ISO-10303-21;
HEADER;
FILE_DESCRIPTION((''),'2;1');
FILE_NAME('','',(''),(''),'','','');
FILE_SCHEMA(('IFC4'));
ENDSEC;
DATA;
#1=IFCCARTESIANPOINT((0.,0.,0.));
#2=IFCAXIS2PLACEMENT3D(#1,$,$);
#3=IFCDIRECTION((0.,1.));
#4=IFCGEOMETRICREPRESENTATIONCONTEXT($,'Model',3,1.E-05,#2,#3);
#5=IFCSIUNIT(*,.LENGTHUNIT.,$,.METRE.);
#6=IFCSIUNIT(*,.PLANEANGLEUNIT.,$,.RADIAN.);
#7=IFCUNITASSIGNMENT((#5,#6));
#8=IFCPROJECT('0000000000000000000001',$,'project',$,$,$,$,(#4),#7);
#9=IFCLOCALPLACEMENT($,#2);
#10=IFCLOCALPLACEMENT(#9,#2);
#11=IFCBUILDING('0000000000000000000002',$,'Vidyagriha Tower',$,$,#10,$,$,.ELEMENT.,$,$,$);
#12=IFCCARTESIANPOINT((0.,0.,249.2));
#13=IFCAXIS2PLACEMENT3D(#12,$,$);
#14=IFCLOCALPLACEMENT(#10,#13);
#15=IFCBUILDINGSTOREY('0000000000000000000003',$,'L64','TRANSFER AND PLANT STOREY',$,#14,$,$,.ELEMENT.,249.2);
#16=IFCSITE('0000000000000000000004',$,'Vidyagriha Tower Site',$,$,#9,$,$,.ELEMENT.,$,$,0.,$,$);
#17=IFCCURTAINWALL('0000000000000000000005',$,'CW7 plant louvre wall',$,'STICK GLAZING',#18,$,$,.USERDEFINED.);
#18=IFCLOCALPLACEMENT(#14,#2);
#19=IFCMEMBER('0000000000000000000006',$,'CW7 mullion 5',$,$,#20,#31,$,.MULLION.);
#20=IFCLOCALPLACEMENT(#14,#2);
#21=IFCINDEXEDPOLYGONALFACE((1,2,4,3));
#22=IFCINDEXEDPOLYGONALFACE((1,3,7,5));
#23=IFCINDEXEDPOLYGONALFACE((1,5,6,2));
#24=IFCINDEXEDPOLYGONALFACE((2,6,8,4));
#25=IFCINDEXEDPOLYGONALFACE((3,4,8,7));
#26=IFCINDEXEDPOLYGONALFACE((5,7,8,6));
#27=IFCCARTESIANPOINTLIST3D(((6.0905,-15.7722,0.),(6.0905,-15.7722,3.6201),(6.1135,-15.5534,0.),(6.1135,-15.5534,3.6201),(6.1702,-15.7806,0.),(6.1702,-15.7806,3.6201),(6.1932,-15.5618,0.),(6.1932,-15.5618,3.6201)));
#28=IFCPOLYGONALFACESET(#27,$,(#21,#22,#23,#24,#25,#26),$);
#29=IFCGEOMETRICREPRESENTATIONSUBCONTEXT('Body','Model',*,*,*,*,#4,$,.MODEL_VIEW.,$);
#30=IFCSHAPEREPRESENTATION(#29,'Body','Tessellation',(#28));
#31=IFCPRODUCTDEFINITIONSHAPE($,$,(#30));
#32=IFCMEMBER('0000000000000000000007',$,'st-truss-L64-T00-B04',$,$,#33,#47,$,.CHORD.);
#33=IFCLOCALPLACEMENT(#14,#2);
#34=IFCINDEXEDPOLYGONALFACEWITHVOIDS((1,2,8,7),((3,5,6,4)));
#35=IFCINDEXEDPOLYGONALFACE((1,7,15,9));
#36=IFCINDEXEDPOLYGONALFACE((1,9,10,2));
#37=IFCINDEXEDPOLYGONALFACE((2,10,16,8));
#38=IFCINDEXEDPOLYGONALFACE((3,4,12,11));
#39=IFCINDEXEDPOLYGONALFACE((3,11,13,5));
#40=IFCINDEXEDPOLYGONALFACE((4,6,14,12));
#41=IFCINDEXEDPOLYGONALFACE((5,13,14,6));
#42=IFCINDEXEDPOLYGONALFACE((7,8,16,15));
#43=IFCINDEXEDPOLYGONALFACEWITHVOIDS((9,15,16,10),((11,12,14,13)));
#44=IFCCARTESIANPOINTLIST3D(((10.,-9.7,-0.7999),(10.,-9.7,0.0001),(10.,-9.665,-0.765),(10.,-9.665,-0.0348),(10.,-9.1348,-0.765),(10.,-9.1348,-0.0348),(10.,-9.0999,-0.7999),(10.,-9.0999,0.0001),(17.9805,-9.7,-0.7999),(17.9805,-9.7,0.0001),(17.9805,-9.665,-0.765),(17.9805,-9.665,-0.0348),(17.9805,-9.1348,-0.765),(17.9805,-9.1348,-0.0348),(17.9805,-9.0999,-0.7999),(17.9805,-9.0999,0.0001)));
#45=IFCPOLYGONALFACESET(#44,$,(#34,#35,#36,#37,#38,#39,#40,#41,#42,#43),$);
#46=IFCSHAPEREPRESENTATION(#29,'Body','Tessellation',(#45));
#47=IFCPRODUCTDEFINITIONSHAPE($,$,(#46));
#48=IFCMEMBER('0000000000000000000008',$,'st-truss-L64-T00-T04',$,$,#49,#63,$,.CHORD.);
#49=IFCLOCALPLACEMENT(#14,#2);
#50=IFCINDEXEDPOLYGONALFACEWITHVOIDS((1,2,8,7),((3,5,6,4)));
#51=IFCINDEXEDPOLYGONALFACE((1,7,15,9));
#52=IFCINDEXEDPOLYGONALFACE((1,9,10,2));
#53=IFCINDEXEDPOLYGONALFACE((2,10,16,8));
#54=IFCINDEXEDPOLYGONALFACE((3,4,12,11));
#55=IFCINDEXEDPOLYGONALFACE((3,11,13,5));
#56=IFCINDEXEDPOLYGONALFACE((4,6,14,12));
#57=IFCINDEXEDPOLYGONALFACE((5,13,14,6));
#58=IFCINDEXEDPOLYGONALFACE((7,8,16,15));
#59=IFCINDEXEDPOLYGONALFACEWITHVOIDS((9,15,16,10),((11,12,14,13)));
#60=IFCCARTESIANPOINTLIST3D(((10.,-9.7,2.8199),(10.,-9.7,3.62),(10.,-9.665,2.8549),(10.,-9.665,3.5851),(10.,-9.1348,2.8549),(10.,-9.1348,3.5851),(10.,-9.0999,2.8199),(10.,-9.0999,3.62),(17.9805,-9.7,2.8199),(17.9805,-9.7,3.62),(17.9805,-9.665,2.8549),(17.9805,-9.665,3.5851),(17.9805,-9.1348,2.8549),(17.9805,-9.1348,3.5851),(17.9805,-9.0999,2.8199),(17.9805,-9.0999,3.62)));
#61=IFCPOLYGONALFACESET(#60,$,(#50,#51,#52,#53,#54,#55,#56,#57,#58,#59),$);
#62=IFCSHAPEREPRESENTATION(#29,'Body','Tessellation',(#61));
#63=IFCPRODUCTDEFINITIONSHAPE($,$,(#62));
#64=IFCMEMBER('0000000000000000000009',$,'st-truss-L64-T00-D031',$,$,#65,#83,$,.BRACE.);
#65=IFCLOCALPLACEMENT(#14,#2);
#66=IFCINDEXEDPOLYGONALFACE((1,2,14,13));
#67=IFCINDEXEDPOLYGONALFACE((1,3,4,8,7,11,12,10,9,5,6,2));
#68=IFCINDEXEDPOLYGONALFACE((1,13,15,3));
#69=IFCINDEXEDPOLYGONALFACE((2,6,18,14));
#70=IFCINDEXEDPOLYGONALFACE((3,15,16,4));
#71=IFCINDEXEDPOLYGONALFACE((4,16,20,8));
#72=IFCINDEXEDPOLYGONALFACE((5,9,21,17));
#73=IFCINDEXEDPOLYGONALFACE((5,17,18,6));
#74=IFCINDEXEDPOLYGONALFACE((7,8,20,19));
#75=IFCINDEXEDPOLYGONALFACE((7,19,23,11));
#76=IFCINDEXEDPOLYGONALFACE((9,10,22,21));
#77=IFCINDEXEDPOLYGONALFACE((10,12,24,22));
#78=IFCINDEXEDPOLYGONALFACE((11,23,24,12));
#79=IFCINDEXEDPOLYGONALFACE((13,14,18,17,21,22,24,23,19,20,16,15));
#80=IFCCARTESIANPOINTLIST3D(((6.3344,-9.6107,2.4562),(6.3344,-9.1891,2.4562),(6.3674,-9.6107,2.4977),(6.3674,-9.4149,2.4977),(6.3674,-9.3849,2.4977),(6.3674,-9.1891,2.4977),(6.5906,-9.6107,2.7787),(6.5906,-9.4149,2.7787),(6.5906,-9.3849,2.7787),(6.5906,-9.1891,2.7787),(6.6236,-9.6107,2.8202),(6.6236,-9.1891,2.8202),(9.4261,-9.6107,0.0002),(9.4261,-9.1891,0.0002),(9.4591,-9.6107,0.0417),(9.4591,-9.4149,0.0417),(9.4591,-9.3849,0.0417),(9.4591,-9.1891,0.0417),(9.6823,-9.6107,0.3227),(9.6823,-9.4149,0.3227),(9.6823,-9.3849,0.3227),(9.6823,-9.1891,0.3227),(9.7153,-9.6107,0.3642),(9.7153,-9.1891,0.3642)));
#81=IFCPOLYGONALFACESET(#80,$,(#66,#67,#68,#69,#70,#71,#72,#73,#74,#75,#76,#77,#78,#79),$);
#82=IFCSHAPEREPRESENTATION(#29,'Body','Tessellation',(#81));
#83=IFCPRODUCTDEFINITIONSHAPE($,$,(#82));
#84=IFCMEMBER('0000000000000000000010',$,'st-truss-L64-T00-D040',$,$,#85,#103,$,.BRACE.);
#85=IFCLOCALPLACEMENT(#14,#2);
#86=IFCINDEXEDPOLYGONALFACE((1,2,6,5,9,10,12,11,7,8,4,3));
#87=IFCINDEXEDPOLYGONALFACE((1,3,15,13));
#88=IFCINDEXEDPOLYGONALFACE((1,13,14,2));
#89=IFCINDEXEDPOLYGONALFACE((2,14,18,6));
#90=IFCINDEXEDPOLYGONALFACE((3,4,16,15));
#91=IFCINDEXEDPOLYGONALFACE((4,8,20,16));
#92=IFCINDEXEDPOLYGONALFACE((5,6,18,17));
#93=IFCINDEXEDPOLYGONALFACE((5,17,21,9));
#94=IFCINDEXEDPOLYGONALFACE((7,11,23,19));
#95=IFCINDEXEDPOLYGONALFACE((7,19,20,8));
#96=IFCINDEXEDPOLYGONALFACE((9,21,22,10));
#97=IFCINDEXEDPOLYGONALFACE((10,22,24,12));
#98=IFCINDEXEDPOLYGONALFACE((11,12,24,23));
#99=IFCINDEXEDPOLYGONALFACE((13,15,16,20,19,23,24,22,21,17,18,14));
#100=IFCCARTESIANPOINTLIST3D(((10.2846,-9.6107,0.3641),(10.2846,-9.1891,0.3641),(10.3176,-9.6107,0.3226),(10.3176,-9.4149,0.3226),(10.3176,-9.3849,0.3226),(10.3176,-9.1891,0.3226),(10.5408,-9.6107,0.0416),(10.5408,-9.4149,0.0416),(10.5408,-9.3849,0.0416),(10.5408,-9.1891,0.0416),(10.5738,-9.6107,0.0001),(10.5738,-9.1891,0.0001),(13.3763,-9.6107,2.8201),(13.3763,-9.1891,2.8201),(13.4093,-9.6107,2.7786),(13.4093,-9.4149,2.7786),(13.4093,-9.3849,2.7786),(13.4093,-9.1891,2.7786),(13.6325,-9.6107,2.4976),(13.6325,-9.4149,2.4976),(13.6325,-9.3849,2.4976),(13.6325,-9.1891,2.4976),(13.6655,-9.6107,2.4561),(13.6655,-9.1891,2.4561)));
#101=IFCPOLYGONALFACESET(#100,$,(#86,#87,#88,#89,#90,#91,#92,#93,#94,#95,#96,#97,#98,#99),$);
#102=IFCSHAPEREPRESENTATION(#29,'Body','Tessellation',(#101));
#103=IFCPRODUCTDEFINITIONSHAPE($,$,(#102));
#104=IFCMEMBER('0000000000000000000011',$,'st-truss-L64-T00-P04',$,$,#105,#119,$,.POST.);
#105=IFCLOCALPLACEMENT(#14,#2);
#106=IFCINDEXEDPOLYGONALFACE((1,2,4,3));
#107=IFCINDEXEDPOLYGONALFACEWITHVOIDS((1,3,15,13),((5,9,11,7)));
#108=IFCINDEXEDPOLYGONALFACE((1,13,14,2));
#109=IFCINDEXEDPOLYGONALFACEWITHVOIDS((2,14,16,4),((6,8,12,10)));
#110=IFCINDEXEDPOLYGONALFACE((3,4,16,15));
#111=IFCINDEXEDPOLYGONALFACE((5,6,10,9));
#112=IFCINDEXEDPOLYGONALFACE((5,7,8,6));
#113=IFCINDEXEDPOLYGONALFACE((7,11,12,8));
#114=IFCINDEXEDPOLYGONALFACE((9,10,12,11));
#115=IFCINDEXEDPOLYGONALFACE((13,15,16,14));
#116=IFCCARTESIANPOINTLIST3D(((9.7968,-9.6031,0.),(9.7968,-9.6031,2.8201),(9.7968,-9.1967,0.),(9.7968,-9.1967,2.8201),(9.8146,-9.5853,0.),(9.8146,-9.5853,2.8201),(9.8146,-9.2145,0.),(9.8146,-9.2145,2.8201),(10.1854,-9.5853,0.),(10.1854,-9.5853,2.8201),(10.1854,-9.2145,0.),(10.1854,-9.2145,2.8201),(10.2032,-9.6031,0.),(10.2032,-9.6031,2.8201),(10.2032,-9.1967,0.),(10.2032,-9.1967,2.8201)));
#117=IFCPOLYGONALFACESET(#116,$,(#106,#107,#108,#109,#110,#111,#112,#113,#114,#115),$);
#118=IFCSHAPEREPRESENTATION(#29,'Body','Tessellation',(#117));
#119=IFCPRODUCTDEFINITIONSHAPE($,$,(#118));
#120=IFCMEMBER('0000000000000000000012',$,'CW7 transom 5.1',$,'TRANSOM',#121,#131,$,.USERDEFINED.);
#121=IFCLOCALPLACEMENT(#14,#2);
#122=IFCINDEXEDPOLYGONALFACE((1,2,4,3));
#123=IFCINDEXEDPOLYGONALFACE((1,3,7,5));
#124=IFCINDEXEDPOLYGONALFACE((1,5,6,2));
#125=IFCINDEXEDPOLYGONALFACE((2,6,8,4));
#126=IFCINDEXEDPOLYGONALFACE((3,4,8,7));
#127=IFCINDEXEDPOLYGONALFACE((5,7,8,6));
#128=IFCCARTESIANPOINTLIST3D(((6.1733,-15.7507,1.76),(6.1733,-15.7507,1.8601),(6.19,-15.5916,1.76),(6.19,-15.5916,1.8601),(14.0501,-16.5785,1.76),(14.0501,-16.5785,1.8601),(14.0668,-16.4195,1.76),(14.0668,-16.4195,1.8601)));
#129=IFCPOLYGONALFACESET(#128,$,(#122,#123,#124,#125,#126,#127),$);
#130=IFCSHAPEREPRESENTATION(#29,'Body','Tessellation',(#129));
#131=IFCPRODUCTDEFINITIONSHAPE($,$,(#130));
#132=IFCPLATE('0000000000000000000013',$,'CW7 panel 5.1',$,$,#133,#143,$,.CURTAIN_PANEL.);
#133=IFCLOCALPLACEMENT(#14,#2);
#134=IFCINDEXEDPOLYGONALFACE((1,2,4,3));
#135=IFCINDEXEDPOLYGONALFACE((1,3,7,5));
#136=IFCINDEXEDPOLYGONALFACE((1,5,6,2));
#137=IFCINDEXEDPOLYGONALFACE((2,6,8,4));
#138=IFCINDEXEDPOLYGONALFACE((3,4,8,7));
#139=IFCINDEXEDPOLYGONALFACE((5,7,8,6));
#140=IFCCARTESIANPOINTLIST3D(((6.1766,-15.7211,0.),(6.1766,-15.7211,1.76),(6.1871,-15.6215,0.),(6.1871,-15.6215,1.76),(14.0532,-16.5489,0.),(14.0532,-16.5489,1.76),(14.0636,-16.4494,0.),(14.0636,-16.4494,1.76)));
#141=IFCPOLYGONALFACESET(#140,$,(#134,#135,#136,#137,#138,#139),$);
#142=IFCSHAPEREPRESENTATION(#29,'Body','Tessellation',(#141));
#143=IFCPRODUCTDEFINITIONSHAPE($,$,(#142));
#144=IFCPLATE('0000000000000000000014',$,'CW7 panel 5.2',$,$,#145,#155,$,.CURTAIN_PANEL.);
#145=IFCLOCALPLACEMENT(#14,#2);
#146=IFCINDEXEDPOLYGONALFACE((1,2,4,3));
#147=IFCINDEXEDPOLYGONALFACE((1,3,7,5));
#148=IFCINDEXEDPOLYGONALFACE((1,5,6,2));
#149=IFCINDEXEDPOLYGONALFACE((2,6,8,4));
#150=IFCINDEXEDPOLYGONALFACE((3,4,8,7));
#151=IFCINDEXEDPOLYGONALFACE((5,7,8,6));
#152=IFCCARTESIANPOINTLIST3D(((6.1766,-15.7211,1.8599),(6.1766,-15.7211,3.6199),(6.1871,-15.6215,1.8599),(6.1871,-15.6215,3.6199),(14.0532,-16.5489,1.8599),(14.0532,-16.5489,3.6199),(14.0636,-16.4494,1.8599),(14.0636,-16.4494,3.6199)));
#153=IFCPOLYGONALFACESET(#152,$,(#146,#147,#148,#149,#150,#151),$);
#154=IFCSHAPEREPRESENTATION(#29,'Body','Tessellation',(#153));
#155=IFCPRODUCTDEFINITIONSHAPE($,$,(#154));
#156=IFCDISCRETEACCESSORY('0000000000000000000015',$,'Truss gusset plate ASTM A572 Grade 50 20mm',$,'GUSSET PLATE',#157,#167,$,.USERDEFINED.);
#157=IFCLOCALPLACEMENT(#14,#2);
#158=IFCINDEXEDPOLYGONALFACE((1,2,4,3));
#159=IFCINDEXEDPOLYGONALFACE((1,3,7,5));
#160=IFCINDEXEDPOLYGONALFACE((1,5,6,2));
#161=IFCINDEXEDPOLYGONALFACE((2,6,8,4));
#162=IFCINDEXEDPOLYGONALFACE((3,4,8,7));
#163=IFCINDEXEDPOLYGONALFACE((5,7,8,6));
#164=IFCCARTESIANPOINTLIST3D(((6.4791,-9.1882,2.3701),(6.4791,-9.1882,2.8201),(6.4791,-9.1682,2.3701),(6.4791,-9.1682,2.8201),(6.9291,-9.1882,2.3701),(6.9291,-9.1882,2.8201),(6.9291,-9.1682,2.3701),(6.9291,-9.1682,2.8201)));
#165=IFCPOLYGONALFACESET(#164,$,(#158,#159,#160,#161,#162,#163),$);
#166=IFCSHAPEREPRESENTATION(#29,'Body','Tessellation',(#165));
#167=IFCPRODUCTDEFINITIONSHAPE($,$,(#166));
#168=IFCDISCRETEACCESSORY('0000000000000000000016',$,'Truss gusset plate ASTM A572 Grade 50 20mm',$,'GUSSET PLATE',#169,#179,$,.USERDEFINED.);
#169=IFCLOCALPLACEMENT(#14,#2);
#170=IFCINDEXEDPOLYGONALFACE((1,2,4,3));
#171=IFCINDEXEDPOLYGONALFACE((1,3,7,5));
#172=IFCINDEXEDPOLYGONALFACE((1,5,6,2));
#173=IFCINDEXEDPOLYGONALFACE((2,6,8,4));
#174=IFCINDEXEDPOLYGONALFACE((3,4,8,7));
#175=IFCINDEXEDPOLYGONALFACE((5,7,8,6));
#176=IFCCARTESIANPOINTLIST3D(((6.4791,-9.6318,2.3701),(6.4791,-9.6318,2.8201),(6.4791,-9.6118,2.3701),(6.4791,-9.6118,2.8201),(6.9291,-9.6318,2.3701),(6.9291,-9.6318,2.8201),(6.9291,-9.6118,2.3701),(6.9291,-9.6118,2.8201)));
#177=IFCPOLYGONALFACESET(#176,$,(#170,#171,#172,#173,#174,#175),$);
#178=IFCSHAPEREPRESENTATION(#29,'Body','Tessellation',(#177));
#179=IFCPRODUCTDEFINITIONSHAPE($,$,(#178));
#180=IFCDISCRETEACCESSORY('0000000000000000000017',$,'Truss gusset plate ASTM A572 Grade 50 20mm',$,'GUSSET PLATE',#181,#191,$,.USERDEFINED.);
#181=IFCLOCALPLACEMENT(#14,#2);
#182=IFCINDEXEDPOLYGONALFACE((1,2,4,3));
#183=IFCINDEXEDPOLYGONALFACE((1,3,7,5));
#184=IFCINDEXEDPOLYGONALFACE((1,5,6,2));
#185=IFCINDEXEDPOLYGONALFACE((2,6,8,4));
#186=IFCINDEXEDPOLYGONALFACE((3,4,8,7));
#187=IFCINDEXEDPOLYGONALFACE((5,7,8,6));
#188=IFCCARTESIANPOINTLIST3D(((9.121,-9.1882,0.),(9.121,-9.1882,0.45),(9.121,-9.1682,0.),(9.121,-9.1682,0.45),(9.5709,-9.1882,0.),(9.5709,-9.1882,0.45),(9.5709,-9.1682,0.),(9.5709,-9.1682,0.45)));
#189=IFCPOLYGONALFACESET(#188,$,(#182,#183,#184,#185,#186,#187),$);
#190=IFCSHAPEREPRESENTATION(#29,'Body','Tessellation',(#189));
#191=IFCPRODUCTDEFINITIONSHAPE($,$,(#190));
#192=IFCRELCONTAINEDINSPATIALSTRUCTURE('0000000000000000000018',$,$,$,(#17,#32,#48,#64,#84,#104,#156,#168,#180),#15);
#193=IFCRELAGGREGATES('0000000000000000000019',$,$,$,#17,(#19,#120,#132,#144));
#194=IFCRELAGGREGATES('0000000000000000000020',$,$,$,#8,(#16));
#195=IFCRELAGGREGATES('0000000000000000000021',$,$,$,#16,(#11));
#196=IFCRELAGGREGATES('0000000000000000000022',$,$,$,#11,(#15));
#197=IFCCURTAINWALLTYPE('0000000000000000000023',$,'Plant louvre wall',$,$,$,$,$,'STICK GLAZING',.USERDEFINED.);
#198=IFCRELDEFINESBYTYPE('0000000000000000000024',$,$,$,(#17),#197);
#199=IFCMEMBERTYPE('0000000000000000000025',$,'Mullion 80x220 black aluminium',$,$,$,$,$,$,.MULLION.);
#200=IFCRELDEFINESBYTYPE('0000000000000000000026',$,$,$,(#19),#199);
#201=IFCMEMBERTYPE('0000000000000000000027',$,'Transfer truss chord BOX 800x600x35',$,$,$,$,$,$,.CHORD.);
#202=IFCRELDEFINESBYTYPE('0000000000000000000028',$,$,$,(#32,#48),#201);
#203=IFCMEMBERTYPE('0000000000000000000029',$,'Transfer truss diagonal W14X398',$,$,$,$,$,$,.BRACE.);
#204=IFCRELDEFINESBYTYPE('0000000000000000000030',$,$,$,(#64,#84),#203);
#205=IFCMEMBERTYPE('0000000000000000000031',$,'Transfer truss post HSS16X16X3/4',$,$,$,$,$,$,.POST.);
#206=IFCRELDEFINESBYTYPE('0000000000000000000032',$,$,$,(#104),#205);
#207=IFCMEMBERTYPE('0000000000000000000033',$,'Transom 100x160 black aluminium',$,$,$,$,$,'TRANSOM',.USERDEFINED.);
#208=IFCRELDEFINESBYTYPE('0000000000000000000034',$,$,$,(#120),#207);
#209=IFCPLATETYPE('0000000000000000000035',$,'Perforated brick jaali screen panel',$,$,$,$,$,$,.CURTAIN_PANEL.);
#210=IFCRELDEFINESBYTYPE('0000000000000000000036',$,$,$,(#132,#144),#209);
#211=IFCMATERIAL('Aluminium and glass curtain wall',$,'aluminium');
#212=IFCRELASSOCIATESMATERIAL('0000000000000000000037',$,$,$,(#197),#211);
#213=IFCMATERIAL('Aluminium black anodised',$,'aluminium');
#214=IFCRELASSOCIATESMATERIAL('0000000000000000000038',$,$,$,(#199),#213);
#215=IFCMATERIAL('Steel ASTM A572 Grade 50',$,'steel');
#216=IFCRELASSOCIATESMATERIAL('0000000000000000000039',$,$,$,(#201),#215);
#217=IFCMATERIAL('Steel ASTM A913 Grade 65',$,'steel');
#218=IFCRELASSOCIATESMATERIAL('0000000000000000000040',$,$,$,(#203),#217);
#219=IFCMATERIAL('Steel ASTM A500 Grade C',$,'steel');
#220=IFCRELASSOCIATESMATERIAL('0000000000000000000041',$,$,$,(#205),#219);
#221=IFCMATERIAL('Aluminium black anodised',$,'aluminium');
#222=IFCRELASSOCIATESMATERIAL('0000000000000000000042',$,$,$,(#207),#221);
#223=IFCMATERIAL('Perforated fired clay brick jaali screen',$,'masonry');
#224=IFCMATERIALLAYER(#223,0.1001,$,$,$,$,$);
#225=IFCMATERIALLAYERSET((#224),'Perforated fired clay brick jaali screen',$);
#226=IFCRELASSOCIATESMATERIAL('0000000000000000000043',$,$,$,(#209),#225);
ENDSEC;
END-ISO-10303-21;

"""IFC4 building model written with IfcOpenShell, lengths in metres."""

from ifc_helpers import new_model, si_unit, direction, frame, origin, origin_2d, place, context, subcontext, project, spatial, rectangle, hollow_rectangle, i_section, extrude, material, layer, layer_set, material_profile, profile_set, type_object, element, aggregate, save


model = new_model("IFC4")

# Units and contexts
model_context = context("Model", 3, precision=1e-05, world=origin(), true_north=direction((0.0, 1.0)))
body_context = subcontext(model_context, "Body", "Model", "MODEL_VIEW")
ifc_project = project(units=[si_unit("LENGTHUNIT", "METRE"), si_unit("PLANEANGLEUNIT", "RADIAN")], contexts=[model_context])

# Site, building, storey
site_placement = place(None, origin())
site = spatial("IfcSite", under=ifc_project, at=site_placement, Name="Vidyagriha Tower Site", CompositionType="ELEMENT", RefElevation=0.0)
building_placement = place(site_placement, origin())
building = spatial("IfcBuilding", under=site, at=building_placement, Name="Vidyagriha Tower", CompositionType="ELEMENT")
storey_placement = place(building_placement, frame((0.0, 0.0, 249.2)))
storey = spatial("IfcBuildingStorey", under=building, at=storey_placement, Name="L64", Description="TRANSFER AND PLANT STOREY", CompositionType="ELEMENT", Elevation=249.2)

# Curtain wall, member
ifc_material_1 = material(Name="Aluminium and glass curtain wall", Category="aluminium")
curtain_wall_type = type_object("IfcCurtainWallType", Name="Plant louvre wall", ElementType="STICK GLAZING", PredefinedType="USERDEFINED", material=ifc_material_1)
curtain_wall_placement = place(storey_placement, origin())
curtain_wall = element("IfcCurtainWall", 1, at=curtain_wall_placement, inside=storey, type_object=curtain_wall_type, Name="CW7 plant louvre wall", ObjectType="STICK GLAZING", PredefinedType="USERDEFINED")
ifc_material_2 = material(Name="Aluminium black anodised", Category="aluminium")
ifc_material_profile_1 = material_profile(ifc_material_2, rectangle(XDim=0.22, YDim=0.0801, at=origin_2d()), Name="Mullion 80x220 black aluminium")
ifc_profile_set_1 = profile_set([ifc_material_profile_1], Name="Aluminium black anodised")
member_type_1 = type_object("IfcMemberType", Name="Mullion 80x220 black aluminium", PredefinedType="MULLION", material=ifc_profile_set_1)
member_1_placement = place(storey_placement, frame((6.1418, -15.667, 0.0), z_axis=(0.0, 0.0, 1.0), x_axis=(0.104527, 0.994522, 0.0)))
member_1 = element("IfcMember", 2, at=member_1_placement, type_object=member_type_1, Name="CW7 mullion 5", PredefinedType="MULLION", context=body_context, shape_type="SweptSolid", body=[
    extrude(rectangle(XDim=0.22, YDim=0.0801, at=origin_2d()), origin(), (0.0, 0.0, 1.0), 3.6201),
])

# Members
ifc_material_3 = material(Name="Steel ASTM A572 Grade 50", Category="steel")
ifc_material_profile_2 = material_profile(ifc_material_3, hollow_rectangle(XDim=0.6001, YDim=0.8, WallThickness=0.0349, at=origin_2d()), Name="BOX 800x600x35")
ifc_profile_set_2 = profile_set([ifc_material_profile_2], Name="Steel ASTM A572 Grade 50")
member_type_2 = type_object("IfcMemberType", Name="Transfer truss chord BOX 800x600x35", PredefinedType="CHORD", material=ifc_profile_set_2)
for number, where, z_axis, x_axis, name in (
    (3, (10.0, -9.3999, -0.3999), (1.0, 0.0, 0.0), (0.0, 1.0, 0.0), "st-truss-L64-T00-B04"),
    (4, (10.0, -9.3999, 3.22), (1.0, 0.0, 0.0), (0.0, 1.0, 0.0), "st-truss-L64-T00-T04"),
):
    element("IfcMember", number, at=place(storey_placement, frame(where, z_axis=z_axis, x_axis=x_axis)), inside=storey, type_object=member_type_2, Name=name, PredefinedType="CHORD", context=body_context, shape_type="SweptSolid", body=[
        extrude(hollow_rectangle(XDim=0.6001, YDim=0.8, WallThickness=0.0349, at=origin_2d()), origin(), (0.0, 0.0, 1.0), 7.9805),
    ])
ifc_material_4 = material(Name="Steel ASTM A913 Grade 65", Category="steel")
ifc_material_profile_3 = material_profile(ifc_material_4, i_section(OverallWidth=0.4216, OverallDepth=0.4648, WebThickness=0.03, FlangeThickness=0.053, at=origin_2d()), Name="W14X398")
ifc_profile_set_3 = profile_set([ifc_material_profile_3], Name="Steel ASTM A913 Grade 65")
member_type_3 = type_object("IfcMemberType", Name="Transfer truss diagonal W14X398", PredefinedType="BRACE", material=ifc_profile_set_3)
for number, where, z_axis, x_axis, name in (
    (5, (6.479, -9.3999, 2.6382), (0.783012, 0.0, -0.622007), (0.0, 1.0, 0.0), "st-truss-L64-T00-D031"),
    (6, (10.4292, -9.3999, 0.1821), (0.783012, 0.0, 0.622007), (0.0, 1.0, 0.0), "st-truss-L64-T00-D040"),
):
    element("IfcMember", number, at=place(storey_placement, frame(where, z_axis=z_axis, x_axis=x_axis)), inside=storey, type_object=member_type_3, Name=name, PredefinedType="BRACE", context=body_context, shape_type="SweptSolid", body=[
        extrude(i_section(OverallWidth=0.4216, OverallDepth=0.4648, WebThickness=0.03, FlangeThickness=0.053, at=origin_2d()), origin(), (0.0, 0.0, 1.0), 3.9485),
    ])
ifc_material_5 = material(Name="Steel ASTM A500 Grade C", Category="steel")
ifc_material_profile_4 = material_profile(ifc_material_5, hollow_rectangle(XDim=0.4065, YDim=0.4065, WallThickness=0.0178, at=origin_2d()), Name="HSS16X16X3/4")
ifc_profile_set_4 = profile_set([ifc_material_profile_4], Name="Steel ASTM A500 Grade C")
member_type_4 = type_object("IfcMemberType", Name="Transfer truss post HSS16X16X3/4", PredefinedType="POST", material=ifc_profile_set_4)
member_2_placement = place(storey_placement, frame((10.0, -9.3999, 0.0)))
element("IfcMember", 7, at=member_2_placement, inside=storey, type_object=member_type_4, Name="st-truss-L64-T00-P04", PredefinedType="POST", context=body_context, shape_type="SweptSolid", body=[
    extrude(hollow_rectangle(XDim=0.4065, YDim=0.4065, WallThickness=0.0178, at=origin_2d()), origin(), (0.0, 0.0, 1.0), 2.8201),
])

# Member
ifc_material_6 = material(Name="Aluminium black anodised", Category="aluminium")
ifc_material_profile_5 = material_profile(ifc_material_6, rectangle(XDim=0.1599, YDim=0.1001, at=origin_2d()), Name="Transom 100x160 black aluminium")
ifc_profile_set_5 = profile_set([ifc_material_profile_5], Name="Aluminium black anodised")
member_type_5 = type_object("IfcMemberType", Name="Transom 100x160 black aluminium", ElementType="TRANSOM", PredefinedType="USERDEFINED", material=ifc_profile_set_5)
member_3_placement = place(storey_placement, frame((6.1816, -15.6711, 1.8101), z_axis=(0.994522, -0.104529, 0.0), x_axis=(0.104529, 0.994522, 0.0)))
member_3 = element("IfcMember", 8, at=member_3_placement, type_object=member_type_5, Name="CW7 transom 5.1", ObjectType="TRANSOM", PredefinedType="USERDEFINED", context=body_context, shape_type="SweptSolid", body=[
    extrude(rectangle(XDim=0.1599, YDim=0.1001, at=origin_2d()), origin(), (0.0, 0.0, 1.0), 7.9202),
])

# Plates
ifc_material_7 = material(Name="Perforated fired clay brick jaali screen", Category="masonry")
ifc_layer = layer(ifc_material_7, 0.1001)
ifc_layer_set = layer_set([ifc_layer], Name="Perforated fired clay brick jaali screen")
plate_type = type_object("IfcPlateType", Name="Perforated brick jaali screen panel", PredefinedType="CURTAIN_PANEL", material=ifc_layer_set)
plate_1_placement = place(storey_placement, frame((10.1201, -16.0852, 0.0), z_axis=(0.0, 0.0, 1.0), x_axis=(0.994522, -0.104527, 0.0)))
plate_1 = element("IfcPlate", 9, at=plate_1_placement, type_object=plate_type, Name="CW7 panel 5.1", PredefinedType="CURTAIN_PANEL", context=body_context, shape_type="SweptSolid", body=[
    extrude(rectangle(XDim=7.9199, YDim=0.1001, at=origin_2d()), origin(), (0.0, 0.0, 1.0), 1.76),
])
plate_2_placement = place(storey_placement, frame((10.1201, -16.0852, 1.8599), z_axis=(0.0, 0.0, 1.0), x_axis=(0.994522, -0.104527, 0.0)))
plate_2 = element("IfcPlate", 10, at=plate_2_placement, type_object=plate_type, Name="CW7 panel 5.2", PredefinedType="CURTAIN_PANEL", context=body_context, shape_type="SweptSolid", body=[
    extrude(rectangle(XDim=7.9199, YDim=0.1001, at=origin_2d()), origin(), (0.0, 0.0, 1.0), 1.76),
])
aggregate(curtain_wall, [member_1, member_3, plate_1, plate_2])

# Discrete accessories
for number, where, name in (
    (11, (6.7041, -9.1782, 2.3701), "Truss gusset plate ASTM A572 Grade 50 20mm"),
    (12, (6.7041, -9.6218, 2.3701), "Truss gusset plate ASTM A572 Grade 50 20mm"),
    (13, (9.3459, -9.1782, 0.0), "Truss gusset plate ASTM A572 Grade 50 20mm"),
):
    element("IfcDiscreteAccessory", number, at=place(storey_placement, frame(where)), inside=storey, Name=name, ObjectType="GUSSET PLATE", PredefinedType="USERDEFINED", context=body_context, shape_type="SweptSolid", body=[
        extrude(rectangle(XDim=0.45, YDim=0.02, at=origin_2d()), origin(), (0.0, 0.0, 1.0), 0.45),
    ])

save(model, "model.ifc")
